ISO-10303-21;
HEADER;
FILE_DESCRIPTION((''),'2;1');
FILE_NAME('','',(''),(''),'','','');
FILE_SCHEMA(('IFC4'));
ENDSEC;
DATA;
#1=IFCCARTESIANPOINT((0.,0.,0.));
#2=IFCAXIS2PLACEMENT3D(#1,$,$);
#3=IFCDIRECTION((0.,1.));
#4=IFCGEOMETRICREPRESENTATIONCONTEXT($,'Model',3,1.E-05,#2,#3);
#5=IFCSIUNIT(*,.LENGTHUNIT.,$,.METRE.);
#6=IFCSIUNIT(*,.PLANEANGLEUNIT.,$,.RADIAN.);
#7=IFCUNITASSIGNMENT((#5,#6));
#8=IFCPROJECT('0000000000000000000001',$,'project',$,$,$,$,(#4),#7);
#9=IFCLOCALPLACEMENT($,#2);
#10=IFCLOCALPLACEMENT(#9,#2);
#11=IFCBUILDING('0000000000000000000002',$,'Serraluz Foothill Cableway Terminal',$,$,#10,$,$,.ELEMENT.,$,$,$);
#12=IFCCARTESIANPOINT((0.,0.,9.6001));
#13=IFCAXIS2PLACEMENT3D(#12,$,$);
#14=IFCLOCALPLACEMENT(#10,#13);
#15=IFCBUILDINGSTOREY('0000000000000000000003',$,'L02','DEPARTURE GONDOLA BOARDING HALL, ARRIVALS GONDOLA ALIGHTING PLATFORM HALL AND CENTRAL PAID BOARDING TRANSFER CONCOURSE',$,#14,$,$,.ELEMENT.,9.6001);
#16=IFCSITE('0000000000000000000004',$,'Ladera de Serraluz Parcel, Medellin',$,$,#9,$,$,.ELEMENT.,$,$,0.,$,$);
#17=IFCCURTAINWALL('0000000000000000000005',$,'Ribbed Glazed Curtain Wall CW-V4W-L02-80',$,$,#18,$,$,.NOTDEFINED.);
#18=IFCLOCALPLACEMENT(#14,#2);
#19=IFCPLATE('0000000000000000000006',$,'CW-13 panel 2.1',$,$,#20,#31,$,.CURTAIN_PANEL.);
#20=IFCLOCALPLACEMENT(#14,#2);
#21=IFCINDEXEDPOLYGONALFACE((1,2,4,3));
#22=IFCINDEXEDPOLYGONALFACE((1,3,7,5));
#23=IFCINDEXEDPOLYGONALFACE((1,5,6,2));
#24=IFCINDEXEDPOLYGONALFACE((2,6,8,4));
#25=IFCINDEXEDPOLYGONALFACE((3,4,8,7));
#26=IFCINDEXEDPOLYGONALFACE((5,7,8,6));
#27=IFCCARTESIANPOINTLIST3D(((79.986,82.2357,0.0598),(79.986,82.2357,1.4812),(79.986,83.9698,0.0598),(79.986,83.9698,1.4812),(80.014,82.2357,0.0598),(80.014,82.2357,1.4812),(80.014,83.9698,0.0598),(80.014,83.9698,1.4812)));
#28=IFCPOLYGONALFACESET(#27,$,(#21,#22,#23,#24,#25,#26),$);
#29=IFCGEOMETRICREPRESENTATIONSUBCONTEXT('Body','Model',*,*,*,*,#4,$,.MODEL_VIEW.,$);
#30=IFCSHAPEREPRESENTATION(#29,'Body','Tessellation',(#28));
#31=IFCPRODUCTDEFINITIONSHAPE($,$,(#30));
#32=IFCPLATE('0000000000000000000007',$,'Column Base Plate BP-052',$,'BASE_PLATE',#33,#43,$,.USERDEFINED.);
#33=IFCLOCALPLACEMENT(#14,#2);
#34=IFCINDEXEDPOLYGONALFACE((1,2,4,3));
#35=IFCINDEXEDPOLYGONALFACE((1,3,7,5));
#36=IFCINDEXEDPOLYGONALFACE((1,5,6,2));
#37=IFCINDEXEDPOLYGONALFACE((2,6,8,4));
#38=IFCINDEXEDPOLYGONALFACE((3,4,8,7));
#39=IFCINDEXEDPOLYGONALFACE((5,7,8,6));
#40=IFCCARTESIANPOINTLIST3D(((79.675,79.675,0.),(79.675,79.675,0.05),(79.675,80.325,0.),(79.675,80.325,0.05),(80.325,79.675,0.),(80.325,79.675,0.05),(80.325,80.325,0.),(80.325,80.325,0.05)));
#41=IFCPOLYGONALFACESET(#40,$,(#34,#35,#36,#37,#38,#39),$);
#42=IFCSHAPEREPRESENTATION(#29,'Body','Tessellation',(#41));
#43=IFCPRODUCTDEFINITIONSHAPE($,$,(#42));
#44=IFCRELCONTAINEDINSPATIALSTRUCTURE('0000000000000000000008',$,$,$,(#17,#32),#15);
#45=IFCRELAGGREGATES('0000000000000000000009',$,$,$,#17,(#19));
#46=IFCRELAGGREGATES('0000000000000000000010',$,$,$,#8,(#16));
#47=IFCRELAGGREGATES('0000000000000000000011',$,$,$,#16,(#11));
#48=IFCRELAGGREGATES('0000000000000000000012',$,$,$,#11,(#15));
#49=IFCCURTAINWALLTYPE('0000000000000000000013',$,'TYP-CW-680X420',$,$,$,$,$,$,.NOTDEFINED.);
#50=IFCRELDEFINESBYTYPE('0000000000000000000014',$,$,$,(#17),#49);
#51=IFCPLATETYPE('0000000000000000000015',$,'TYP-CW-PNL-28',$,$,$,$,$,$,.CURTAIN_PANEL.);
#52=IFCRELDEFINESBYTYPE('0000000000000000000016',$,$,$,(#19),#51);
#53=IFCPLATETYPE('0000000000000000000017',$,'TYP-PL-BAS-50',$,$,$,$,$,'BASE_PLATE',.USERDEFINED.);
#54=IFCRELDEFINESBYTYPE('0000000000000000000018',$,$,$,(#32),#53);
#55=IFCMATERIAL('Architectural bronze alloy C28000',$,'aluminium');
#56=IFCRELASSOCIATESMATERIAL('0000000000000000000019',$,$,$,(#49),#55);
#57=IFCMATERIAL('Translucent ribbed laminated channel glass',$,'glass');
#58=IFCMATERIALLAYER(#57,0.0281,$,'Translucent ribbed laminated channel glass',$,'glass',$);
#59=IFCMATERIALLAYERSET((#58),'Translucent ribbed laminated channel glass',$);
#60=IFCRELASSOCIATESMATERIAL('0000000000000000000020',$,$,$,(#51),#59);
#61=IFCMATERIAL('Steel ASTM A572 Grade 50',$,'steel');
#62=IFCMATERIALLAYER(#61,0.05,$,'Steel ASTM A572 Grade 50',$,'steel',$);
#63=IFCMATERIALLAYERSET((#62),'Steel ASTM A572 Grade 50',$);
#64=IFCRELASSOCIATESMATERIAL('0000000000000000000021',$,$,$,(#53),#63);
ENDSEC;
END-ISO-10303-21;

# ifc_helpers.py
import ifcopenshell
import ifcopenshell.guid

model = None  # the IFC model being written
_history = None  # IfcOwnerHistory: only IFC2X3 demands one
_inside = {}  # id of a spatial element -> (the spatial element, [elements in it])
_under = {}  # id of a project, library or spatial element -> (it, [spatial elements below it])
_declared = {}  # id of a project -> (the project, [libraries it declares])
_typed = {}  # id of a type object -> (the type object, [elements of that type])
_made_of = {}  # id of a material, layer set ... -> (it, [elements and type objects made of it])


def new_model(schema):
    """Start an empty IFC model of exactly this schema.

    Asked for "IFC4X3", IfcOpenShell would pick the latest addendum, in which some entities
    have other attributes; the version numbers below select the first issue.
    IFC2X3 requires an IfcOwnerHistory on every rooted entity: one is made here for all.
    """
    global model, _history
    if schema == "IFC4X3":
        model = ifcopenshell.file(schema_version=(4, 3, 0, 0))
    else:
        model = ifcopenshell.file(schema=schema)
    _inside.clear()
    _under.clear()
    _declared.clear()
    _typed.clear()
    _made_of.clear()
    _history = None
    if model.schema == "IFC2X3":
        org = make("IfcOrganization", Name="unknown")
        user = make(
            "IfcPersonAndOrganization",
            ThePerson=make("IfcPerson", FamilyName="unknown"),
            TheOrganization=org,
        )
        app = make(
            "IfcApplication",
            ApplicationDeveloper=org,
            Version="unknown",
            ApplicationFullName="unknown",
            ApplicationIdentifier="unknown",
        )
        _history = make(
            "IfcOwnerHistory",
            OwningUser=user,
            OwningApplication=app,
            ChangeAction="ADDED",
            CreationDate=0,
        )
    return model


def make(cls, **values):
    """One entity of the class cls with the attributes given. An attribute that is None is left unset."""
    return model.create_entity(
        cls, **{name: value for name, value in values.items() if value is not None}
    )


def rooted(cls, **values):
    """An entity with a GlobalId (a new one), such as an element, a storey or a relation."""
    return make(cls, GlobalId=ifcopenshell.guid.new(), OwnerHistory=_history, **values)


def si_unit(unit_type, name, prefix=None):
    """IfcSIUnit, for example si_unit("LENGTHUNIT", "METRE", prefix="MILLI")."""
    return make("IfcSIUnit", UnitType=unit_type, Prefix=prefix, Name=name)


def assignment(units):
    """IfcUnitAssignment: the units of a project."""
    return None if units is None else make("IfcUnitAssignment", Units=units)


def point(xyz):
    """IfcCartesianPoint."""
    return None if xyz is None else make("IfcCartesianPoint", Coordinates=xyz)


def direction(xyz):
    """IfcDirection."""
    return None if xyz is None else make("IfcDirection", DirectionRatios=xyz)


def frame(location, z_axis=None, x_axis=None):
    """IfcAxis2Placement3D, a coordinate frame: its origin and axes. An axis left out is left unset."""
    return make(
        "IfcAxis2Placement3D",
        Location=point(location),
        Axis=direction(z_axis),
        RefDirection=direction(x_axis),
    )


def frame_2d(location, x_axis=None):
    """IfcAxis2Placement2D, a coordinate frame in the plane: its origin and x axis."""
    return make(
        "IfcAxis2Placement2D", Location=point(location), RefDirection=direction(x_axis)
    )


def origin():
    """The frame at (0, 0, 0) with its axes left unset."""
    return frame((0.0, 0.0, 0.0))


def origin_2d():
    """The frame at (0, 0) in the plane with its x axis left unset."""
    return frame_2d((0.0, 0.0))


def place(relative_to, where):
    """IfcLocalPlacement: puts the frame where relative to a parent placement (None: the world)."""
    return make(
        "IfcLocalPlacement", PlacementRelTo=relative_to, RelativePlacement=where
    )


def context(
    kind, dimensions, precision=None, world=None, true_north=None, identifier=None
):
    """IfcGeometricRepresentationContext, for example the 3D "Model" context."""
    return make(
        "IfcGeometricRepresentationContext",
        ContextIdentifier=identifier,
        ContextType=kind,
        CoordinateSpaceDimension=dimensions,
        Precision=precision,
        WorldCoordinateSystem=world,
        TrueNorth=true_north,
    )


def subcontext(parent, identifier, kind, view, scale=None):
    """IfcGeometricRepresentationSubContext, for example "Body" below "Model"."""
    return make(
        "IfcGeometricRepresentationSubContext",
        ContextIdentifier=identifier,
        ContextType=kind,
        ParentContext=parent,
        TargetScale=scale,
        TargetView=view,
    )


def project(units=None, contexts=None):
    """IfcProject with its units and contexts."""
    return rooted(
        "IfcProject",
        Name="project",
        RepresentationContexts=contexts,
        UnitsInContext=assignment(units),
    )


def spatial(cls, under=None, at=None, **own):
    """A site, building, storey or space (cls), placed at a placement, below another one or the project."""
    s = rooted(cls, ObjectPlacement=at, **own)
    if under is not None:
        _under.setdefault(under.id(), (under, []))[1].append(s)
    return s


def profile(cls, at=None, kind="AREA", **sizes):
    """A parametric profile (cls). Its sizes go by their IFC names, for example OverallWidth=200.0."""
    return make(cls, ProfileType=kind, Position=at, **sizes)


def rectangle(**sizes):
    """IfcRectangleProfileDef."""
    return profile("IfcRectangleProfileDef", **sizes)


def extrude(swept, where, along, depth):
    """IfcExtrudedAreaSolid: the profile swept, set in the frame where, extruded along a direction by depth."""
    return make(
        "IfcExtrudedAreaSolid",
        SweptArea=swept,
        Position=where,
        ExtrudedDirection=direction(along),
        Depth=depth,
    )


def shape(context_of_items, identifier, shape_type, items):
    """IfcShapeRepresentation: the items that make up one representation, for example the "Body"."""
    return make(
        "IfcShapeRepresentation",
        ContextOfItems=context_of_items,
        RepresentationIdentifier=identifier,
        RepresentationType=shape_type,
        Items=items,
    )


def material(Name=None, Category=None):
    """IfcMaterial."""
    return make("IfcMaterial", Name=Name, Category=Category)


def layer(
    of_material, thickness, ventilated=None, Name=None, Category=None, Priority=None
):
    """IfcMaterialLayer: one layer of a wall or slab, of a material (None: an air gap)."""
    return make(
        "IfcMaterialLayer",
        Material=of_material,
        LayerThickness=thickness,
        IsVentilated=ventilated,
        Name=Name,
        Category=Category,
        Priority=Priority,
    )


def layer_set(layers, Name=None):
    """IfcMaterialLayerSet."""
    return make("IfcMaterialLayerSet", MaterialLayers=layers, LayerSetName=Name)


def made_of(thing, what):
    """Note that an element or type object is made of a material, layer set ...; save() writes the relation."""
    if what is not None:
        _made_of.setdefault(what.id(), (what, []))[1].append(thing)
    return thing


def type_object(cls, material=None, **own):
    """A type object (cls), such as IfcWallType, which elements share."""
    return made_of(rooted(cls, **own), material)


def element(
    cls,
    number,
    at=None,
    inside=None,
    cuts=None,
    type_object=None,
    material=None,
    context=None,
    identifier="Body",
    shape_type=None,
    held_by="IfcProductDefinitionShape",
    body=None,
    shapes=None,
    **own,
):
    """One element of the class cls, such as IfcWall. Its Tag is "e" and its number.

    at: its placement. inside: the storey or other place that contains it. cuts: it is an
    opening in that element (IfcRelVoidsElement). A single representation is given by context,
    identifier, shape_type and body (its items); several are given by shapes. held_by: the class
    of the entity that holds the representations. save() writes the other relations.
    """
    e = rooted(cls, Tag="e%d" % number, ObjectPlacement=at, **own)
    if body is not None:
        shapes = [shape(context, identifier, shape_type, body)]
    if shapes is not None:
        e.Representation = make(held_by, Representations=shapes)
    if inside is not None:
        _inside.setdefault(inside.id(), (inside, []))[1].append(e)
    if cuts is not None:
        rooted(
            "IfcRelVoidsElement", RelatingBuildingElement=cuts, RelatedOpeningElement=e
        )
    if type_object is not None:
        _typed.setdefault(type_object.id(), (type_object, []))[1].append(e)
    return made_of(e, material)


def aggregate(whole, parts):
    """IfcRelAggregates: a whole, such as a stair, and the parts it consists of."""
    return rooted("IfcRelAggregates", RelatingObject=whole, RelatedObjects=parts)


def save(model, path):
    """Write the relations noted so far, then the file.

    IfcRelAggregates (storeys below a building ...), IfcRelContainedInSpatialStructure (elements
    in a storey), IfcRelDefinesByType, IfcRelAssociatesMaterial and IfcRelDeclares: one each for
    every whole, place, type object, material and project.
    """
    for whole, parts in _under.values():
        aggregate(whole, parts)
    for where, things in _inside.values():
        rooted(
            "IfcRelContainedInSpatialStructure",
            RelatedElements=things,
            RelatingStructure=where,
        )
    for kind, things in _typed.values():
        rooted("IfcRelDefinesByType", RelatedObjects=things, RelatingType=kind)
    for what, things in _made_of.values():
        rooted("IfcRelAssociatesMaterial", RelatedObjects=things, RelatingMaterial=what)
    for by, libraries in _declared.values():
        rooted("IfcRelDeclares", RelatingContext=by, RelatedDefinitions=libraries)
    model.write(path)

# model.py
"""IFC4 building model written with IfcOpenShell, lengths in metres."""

from ifc_helpers import new_model, si_unit, direction, frame, origin, origin_2d, place, context, subcontext, project, spatial, rectangle, extrude, material, layer, layer_set, type_object, element, aggregate, save


model = new_model("IFC4")

# Units and contexts
model_context = context("Model", 3, precision=1e-05, world=origin(), true_north=direction((0.0, 1.0)))
body_context = subcontext(model_context, "Body", "Model", "MODEL_VIEW")
ifc_project = project(units=[si_unit("LENGTHUNIT", "METRE"), si_unit("PLANEANGLEUNIT", "RADIAN")], contexts=[model_context])

# Site, building, storey
site_placement = place(None, origin())
site = spatial("IfcSite", under=ifc_project, at=site_placement, Name="Ladera de Serraluz Parcel, Medellin", CompositionType="ELEMENT", RefElevation=0.0)
building_placement = place(site_placement, origin())
building = spatial("IfcBuilding", under=site, at=building_placement, Name="Serraluz Foothill Cableway Terminal", CompositionType="ELEMENT")
storey_placement = place(building_placement, frame((0.0, 0.0, 9.6001)))
storey = spatial("IfcBuildingStorey", under=building, at=storey_placement, Name="L02", Description="DEPARTURE GONDOLA BOARDING HALL, ARRIVALS GONDOLA ALIGHTING PLATFORM HALL AND CENTRAL PAID BOARDING TRANSFER CONCOURSE", CompositionType="ELEMENT", Elevation=9.6001)

# Curtain wall
ifc_material_1 = material(Name="Architectural bronze alloy C28000", Category="aluminium")
curtain_wall_type = type_object("IfcCurtainWallType", Name="TYP-CW-680X420", PredefinedType="NOTDEFINED", material=ifc_material_1)
curtain_wall_1_placement = place(storey_placement, origin())
curtain_wall_1 = element("IfcCurtainWall", 1, at=curtain_wall_1_placement, inside=storey, type_object=curtain_wall_type, Name="Ribbed Glazed Curtain Wall CW-V4W-L02-80", PredefinedType="NOTDEFINED")

# Plates
ifc_material_2 = material(Name="Translucent ribbed laminated channel glass", Category="glass")
ifc_layer_1 = layer(ifc_material_2, 0.0281, Name="Translucent ribbed laminated channel glass", Category="glass")
ifc_layer_set_1 = layer_set([ifc_layer_1], Name="Translucent ribbed laminated channel glass")
plate_type_1 = type_object("IfcPlateType", Name="TYP-CW-PNL-28", PredefinedType="CURTAIN_PANEL", material=ifc_layer_set_1)
plate_1_placement = place(storey_placement, frame((80.0, 83.1028, 0.0598), z_axis=(0.0, 0.0, 1.0), x_axis=(0.0, 1.0, 0.0)))
plate_1 = element("IfcPlate", 2, at=plate_1_placement, type_object=plate_type_1, Name="CW-13 panel 2.1", PredefinedType="CURTAIN_PANEL", context=body_context, shape_type="SweptSolid", body=[
    extrude(rectangle(XDim=1.7341, YDim=0.0281, at=origin_2d()), origin(), (0.0, 0.0, 1.0), 1.4214),
])
aggregate(curtain_wall_1, [plate_1])
ifc_material_3 = material(Name="Steel ASTM A572 Grade 50", Category="steel")
ifc_layer_2 = layer(ifc_material_3, 0.05, Name="Steel ASTM A572 Grade 50", Category="steel")
ifc_layer_set_2 = layer_set([ifc_layer_2], Name="Steel ASTM A572 Grade 50")
plate_type_2 = type_object("IfcPlateType", Name="TYP-PL-BAS-50", ElementType="BASE_PLATE", PredefinedType="USERDEFINED", material=ifc_layer_set_2)
plate_2_placement = place(storey_placement, frame((80.0, 80.0, 0.0), z_axis=(0.0, 0.0, 1.0), x_axis=(1.0, 0.0, 0.0)))
element("IfcPlate", 3, at=plate_2_placement, inside=storey, type_object=plate_type_2, Name="Column Base Plate BP-052", ObjectType="BASE_PLATE", PredefinedType="USERDEFINED", context=body_context, shape_type="SweptSolid", body=[
    extrude(rectangle(XDim=0.6499, YDim=0.6499, at=origin_2d()), origin(), (0.0, 0.0, 1.0), 0.05),
])

save(model, "model.ifc")
